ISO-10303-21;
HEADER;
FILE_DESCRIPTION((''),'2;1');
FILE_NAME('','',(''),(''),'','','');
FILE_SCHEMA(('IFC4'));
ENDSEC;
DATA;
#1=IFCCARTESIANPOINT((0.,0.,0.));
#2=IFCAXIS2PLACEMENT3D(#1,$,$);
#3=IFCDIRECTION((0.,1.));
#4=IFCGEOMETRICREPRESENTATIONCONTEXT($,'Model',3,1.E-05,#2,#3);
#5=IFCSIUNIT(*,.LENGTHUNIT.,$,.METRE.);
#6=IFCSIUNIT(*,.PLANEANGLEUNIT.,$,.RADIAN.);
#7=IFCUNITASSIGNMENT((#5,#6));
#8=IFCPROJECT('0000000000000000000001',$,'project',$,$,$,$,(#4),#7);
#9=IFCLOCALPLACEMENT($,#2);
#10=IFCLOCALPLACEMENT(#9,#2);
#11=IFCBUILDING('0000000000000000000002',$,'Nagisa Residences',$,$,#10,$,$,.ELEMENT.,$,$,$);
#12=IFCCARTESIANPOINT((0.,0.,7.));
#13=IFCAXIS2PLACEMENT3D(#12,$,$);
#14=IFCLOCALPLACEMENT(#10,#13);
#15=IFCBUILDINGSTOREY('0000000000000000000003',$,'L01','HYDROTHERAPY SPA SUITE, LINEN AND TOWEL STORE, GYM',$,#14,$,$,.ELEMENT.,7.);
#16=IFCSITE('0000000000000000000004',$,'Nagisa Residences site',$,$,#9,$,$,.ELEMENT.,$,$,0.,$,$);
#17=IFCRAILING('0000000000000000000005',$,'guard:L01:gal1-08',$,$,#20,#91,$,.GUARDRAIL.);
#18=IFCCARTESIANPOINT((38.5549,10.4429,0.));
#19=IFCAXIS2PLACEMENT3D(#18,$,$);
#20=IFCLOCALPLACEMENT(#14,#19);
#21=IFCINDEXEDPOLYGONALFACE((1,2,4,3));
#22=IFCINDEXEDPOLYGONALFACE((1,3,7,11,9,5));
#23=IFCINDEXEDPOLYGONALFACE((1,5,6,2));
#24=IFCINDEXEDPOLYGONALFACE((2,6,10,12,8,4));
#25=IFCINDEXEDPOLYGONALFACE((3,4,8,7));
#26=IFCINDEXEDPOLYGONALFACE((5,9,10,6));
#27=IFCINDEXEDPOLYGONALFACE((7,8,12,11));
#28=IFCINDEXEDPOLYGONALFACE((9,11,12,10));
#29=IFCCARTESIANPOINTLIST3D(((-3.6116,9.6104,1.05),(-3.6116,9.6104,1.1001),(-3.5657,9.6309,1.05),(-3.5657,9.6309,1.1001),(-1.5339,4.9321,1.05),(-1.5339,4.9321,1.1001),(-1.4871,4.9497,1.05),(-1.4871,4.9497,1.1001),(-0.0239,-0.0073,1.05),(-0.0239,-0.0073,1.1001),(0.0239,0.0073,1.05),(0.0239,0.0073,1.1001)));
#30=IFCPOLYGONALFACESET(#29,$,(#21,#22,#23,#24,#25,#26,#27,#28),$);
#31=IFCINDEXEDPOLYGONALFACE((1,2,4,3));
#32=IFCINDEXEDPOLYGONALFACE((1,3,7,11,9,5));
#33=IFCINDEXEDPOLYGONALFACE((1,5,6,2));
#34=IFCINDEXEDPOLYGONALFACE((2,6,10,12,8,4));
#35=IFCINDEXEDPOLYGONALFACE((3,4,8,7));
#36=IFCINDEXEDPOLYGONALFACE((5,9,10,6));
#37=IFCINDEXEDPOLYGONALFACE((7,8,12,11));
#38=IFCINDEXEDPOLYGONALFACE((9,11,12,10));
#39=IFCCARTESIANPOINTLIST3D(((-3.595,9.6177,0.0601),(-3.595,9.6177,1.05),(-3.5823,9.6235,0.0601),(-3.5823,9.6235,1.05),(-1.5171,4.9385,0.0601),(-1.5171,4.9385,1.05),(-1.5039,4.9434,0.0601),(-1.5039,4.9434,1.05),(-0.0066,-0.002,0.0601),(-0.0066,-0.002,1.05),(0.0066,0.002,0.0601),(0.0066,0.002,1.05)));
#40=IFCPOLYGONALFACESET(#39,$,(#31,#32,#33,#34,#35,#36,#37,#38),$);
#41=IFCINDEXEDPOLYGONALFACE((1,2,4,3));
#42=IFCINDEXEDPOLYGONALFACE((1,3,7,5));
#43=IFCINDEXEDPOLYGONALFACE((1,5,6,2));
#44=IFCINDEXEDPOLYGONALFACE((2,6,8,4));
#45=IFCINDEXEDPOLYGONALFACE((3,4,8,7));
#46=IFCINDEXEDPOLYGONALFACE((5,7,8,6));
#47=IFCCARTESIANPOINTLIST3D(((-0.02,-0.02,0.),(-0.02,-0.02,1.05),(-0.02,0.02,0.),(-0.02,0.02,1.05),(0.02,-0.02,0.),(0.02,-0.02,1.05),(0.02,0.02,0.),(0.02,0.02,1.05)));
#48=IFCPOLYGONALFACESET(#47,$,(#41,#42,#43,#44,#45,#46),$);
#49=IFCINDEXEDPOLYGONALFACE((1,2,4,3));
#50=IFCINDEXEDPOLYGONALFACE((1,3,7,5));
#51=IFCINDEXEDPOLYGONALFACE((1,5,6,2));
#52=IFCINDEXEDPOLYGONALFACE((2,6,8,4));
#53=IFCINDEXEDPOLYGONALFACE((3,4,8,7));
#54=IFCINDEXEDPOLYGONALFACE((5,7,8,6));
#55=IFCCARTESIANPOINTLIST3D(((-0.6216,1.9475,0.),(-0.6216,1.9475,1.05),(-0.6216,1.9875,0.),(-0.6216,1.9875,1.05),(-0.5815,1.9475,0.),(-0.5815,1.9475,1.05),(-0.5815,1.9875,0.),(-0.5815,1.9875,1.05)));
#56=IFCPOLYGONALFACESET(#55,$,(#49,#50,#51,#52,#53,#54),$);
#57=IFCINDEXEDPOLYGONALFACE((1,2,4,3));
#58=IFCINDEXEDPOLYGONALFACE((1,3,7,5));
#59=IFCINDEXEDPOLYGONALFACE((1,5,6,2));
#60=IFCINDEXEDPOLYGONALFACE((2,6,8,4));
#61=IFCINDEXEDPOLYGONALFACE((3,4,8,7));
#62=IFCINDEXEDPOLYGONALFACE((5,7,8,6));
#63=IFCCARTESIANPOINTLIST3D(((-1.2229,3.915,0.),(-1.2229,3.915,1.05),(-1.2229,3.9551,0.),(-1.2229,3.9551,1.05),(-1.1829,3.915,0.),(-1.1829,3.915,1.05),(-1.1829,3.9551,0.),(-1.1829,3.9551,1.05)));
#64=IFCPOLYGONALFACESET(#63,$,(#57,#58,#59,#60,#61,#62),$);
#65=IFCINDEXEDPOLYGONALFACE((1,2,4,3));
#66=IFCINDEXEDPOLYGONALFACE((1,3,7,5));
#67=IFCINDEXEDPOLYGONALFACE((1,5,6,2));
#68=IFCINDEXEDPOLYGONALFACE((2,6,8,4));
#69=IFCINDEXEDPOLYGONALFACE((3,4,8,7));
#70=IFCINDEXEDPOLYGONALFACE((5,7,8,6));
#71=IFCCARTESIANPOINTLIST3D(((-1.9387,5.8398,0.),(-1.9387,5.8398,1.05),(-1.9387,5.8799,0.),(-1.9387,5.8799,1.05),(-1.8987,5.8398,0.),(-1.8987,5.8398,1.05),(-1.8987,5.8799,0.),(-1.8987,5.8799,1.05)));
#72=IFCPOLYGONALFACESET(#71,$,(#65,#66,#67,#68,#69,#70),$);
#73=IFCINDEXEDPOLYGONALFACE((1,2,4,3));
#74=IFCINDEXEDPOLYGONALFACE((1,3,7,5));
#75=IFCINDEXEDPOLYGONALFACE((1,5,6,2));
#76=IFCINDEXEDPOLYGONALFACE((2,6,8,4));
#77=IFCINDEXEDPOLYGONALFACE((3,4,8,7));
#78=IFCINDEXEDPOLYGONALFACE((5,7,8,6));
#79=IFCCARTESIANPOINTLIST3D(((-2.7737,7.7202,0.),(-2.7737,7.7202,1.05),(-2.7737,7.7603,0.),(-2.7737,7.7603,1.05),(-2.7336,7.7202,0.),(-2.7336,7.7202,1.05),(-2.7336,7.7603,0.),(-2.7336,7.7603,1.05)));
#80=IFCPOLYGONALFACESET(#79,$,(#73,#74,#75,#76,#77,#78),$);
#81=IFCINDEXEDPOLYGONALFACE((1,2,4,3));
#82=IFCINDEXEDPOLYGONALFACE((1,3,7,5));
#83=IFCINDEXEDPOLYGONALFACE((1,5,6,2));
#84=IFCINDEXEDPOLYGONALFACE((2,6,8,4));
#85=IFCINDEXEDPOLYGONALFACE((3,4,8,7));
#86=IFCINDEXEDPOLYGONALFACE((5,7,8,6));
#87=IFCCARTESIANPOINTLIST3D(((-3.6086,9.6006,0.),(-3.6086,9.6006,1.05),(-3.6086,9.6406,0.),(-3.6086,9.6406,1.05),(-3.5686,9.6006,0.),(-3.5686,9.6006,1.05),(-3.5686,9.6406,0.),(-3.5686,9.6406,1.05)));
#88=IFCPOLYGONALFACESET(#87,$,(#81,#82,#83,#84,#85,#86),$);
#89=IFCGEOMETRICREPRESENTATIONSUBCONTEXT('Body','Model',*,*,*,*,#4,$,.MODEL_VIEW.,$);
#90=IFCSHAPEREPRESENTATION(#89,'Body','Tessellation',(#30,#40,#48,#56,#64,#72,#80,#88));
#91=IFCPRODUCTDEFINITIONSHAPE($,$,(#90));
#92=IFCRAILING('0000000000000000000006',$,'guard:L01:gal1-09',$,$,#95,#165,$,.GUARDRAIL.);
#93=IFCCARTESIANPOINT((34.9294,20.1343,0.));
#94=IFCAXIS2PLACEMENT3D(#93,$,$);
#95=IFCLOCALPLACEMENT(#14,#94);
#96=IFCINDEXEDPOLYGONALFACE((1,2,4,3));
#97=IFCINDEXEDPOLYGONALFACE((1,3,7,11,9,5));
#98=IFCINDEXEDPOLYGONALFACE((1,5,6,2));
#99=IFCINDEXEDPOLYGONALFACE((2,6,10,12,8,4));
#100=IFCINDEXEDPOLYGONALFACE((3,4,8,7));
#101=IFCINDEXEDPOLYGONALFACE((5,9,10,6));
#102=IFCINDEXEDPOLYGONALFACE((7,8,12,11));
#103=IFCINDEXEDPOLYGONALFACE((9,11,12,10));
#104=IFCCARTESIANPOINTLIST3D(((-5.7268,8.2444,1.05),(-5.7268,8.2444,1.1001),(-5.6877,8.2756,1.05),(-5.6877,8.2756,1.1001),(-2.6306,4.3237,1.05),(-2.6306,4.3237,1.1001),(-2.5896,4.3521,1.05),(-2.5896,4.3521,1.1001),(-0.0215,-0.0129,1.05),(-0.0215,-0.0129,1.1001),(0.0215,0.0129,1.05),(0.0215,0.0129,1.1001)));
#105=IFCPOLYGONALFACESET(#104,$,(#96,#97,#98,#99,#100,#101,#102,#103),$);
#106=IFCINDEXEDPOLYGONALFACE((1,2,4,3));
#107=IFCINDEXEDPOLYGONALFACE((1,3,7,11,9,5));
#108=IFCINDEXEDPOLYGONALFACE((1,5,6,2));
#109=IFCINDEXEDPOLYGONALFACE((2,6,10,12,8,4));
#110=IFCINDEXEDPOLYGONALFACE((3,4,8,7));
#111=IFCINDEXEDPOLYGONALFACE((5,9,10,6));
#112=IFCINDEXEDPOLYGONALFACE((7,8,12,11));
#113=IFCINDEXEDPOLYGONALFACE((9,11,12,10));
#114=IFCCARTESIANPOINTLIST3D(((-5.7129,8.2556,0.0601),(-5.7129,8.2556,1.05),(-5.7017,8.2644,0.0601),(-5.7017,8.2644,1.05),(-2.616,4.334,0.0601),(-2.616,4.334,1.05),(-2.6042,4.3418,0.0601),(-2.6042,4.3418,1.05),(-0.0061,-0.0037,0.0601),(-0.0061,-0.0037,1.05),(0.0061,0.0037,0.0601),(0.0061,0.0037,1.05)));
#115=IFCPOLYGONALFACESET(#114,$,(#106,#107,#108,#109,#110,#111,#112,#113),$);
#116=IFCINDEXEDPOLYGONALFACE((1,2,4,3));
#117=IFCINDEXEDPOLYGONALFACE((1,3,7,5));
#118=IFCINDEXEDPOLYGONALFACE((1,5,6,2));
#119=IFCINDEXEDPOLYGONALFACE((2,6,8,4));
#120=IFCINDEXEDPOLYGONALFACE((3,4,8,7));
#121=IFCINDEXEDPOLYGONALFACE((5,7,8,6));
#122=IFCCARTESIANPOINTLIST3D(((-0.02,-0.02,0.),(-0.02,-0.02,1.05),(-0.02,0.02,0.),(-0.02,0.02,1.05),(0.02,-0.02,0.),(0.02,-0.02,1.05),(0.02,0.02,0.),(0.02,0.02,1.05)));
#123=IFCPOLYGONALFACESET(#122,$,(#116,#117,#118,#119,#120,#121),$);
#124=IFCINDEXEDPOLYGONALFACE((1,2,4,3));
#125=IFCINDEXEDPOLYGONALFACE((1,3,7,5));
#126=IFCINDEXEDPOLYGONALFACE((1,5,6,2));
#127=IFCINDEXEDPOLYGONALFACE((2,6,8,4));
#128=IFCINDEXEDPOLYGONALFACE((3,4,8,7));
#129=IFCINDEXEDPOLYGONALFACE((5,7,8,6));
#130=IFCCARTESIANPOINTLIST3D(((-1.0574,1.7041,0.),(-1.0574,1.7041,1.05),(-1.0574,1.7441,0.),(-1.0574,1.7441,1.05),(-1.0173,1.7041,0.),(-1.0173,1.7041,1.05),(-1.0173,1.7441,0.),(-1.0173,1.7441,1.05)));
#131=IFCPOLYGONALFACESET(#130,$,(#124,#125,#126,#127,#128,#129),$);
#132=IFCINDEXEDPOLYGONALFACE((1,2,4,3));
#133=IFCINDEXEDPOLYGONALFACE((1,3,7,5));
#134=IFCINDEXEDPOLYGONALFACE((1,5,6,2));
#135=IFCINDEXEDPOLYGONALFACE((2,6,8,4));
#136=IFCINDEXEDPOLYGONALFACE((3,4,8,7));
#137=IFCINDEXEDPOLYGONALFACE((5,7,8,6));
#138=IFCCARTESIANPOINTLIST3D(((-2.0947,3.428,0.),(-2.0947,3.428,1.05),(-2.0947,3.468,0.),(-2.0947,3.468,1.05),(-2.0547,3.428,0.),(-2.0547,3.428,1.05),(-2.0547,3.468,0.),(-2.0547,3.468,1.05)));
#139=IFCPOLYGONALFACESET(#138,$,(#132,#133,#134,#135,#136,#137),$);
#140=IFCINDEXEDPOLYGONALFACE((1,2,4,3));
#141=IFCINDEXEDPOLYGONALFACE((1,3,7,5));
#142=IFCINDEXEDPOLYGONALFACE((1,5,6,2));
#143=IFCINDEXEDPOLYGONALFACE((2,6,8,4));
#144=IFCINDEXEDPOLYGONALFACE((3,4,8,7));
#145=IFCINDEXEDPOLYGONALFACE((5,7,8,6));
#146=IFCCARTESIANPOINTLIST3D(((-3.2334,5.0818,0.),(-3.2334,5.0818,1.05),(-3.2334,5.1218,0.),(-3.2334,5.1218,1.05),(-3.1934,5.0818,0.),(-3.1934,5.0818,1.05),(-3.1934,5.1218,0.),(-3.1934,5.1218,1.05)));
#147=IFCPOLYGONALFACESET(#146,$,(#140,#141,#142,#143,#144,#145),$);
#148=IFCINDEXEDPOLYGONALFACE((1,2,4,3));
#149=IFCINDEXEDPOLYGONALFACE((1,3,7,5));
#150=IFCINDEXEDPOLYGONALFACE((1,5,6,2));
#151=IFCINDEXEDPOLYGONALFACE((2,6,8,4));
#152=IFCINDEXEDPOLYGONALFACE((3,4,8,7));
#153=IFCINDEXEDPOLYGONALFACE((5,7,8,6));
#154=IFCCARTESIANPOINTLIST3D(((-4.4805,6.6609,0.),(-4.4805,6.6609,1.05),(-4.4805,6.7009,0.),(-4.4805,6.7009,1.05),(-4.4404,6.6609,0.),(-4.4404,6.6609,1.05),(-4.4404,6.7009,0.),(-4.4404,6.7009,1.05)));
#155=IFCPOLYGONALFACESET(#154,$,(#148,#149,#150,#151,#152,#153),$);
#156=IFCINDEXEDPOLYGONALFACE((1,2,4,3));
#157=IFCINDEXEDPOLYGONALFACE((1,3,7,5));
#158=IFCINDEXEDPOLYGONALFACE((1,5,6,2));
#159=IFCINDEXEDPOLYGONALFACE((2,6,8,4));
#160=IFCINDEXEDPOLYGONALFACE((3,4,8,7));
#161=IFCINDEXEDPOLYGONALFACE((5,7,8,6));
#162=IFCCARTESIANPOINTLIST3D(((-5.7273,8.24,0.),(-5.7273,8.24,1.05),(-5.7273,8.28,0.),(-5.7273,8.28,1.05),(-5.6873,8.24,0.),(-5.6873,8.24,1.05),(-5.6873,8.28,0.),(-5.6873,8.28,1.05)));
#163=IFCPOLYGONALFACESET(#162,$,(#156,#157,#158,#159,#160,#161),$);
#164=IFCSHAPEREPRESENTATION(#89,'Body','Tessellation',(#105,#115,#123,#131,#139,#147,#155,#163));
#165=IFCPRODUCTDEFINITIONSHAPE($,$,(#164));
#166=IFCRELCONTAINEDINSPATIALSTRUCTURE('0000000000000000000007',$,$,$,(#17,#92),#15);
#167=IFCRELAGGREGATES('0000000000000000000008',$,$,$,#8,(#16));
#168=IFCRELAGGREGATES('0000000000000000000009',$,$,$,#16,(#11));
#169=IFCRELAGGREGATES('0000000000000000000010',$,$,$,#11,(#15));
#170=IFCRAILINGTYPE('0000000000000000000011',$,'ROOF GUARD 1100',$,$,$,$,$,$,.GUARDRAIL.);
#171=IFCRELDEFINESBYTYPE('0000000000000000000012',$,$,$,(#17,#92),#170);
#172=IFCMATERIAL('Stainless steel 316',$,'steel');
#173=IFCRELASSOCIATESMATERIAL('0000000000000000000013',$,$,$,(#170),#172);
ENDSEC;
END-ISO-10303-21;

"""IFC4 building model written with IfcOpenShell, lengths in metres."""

from ifc_helpers import new_model, si_unit, direction, frame, origin, origin_2d, place, context, subcontext, project, spatial, polyline, rectangle, outline, extrude, material, type_object, element, save


model = new_model("IFC4")

# Units and contexts
model_context = context("Model", 3, precision=1e-05, world=origin(), true_north=direction((0.0, 1.0)))
body_context = subcontext(model_context, "Body", "Model", "MODEL_VIEW")
ifc_project = project(units=[si_unit("LENGTHUNIT", "METRE"), si_unit("PLANEANGLEUNIT", "RADIAN")], contexts=[model_context])

# Site, building, storey
site_placement = place(None, origin())
site = spatial("IfcSite", under=ifc_project, at=site_placement, Name="Nagisa Residences site", CompositionType="ELEMENT", RefElevation=0.0)
building_placement = place(site_placement, origin())
building = spatial("IfcBuilding", under=site, at=building_placement, Name="Nagisa Residences", CompositionType="ELEMENT")
storey_placement = place(building_placement, frame((0.0, 0.0, 7.0)))
storey = spatial("IfcBuildingStorey", under=building, at=storey_placement, Name="L01", Description="HYDROTHERAPY SPA SUITE, LINEN AND TOWEL STORE, GYM", CompositionType="ELEMENT", Elevation=7.0)

# Railings
ifc_material_1 = material(Name="Stainless steel 316", Category="steel")
railing_type = type_object("IfcRailingType", Name="ROOF GUARD 1100", PredefinedType="GUARDRAIL", material=ifc_material_1)
railing_1_placement = place(storey_placement, frame((38.5549, 10.4429, 0.0)))
element("IfcRailing", 1, at=railing_1_placement, inside=storey, type_object=railing_type, Name="guard:L01:gal1-08", PredefinedType="GUARDRAIL", context=body_context, shape_type="SweptSolid", body=[
    extrude(outline(polyline([(-1.5339, 4.9321), (-0.0239, -0.0073), (0.0239, 0.0073), (-1.4871, 4.9497), (-3.5657, 9.6309), (-3.6116, 9.6104), (-1.5339, 4.9321)])), frame((0.0, 0.0, 1.05)), (0.0, 0.0, 1.0), 0.05),
    extrude(outline(polyline([(-1.5171, 4.9385), (-0.0066, -0.002), (0.0066, 0.002), (-1.5039, 4.9434), (-3.5823, 9.6235), (-3.595, 9.6177), (-1.5171, 4.9385)])), frame((0.0, 0.0, 0.0601)), (0.0, 0.0, 1.0), 0.99),
    extrude(rectangle(XDim=0.04, YDim=0.04, at=origin_2d()), origin(), (0.0, 0.0, 1.0), 1.05),
    extrude(rectangle(XDim=0.04, YDim=0.04, at=origin_2d()), frame((-0.6016, 1.9675, 0.0)), (0.0, 0.0, 1.0), 1.05),
    extrude(rectangle(XDim=0.04, YDim=0.04, at=origin_2d()), frame((-1.2029, 3.9351, 0.0)), (0.0, 0.0, 1.0), 1.05),
    extrude(rectangle(XDim=0.04, YDim=0.04, at=origin_2d()), frame((-1.9187, 5.8599, 0.0)), (0.0, 0.0, 1.0), 1.05),
    extrude(rectangle(XDim=0.04, YDim=0.04, at=origin_2d()), frame((-2.7537, 7.7402, 0.0)), (0.0, 0.0, 1.0), 1.05),
    extrude(rectangle(XDim=0.04, YDim=0.04, at=origin_2d()), frame((-3.5886, 9.6206, 0.0)), (0.0, 0.0, 1.0), 1.05),
])
railing_2_placement = place(storey_placement, frame((34.9294, 20.1343, 0.0)))
element("IfcRailing", 2, at=railing_2_placement, inside=storey, type_object=railing_type, Name="guard:L01:gal1-09", PredefinedType="GUARDRAIL", context=body_context, shape_type="SweptSolid", body=[
    extrude(outline(polyline([(-2.6306, 4.3237), (-0.0215, -0.0129), (0.0215, 0.0129), (-2.5896, 4.3521), (-5.6877, 8.2756), (-5.7268, 8.2444), (-2.6306, 4.3237)])), frame((0.0, 0.0, 1.05)), (0.0, 0.0, 1.0), 0.05),
    extrude(outline(polyline([(-2.616, 4.334), (-0.0061, -0.0037), (0.0061, 0.0037), (-2.6042, 4.3418), (-5.7017, 8.2644), (-5.7129, 8.2556), (-2.616, 4.334)])), frame((0.0, 0.0, 0.0601)), (0.0, 0.0, 1.0), 0.99),
    extrude(rectangle(XDim=0.04, YDim=0.04, at=origin_2d()), origin(), (0.0, 0.0, 1.0), 1.05),
    extrude(rectangle(XDim=0.04, YDim=0.04, at=origin_2d()), frame((-1.0374, 1.7241, 0.0)), (0.0, 0.0, 1.0), 1.05),
    extrude(rectangle(XDim=0.04, YDim=0.04, at=origin_2d()), frame((-2.0747, 3.448, 0.0)), (0.0, 0.0, 1.0), 1.05),
    extrude(rectangle(XDim=0.04, YDim=0.04, at=origin_2d()), frame((-3.2134, 5.1018, 0.0)), (0.0, 0.0, 1.0), 1.05),
    extrude(rectangle(XDim=0.04, YDim=0.04, at=origin_2d()), frame((-4.4604, 6.6809, 0.0)), (0.0, 0.0, 1.0), 1.05),
    extrude(rectangle(XDim=0.04, YDim=0.04, at=origin_2d()), frame((-5.7073, 8.26, 0.0)), (0.0, 0.0, 1.0), 1.05),
])

save(model, "model.ifc")
